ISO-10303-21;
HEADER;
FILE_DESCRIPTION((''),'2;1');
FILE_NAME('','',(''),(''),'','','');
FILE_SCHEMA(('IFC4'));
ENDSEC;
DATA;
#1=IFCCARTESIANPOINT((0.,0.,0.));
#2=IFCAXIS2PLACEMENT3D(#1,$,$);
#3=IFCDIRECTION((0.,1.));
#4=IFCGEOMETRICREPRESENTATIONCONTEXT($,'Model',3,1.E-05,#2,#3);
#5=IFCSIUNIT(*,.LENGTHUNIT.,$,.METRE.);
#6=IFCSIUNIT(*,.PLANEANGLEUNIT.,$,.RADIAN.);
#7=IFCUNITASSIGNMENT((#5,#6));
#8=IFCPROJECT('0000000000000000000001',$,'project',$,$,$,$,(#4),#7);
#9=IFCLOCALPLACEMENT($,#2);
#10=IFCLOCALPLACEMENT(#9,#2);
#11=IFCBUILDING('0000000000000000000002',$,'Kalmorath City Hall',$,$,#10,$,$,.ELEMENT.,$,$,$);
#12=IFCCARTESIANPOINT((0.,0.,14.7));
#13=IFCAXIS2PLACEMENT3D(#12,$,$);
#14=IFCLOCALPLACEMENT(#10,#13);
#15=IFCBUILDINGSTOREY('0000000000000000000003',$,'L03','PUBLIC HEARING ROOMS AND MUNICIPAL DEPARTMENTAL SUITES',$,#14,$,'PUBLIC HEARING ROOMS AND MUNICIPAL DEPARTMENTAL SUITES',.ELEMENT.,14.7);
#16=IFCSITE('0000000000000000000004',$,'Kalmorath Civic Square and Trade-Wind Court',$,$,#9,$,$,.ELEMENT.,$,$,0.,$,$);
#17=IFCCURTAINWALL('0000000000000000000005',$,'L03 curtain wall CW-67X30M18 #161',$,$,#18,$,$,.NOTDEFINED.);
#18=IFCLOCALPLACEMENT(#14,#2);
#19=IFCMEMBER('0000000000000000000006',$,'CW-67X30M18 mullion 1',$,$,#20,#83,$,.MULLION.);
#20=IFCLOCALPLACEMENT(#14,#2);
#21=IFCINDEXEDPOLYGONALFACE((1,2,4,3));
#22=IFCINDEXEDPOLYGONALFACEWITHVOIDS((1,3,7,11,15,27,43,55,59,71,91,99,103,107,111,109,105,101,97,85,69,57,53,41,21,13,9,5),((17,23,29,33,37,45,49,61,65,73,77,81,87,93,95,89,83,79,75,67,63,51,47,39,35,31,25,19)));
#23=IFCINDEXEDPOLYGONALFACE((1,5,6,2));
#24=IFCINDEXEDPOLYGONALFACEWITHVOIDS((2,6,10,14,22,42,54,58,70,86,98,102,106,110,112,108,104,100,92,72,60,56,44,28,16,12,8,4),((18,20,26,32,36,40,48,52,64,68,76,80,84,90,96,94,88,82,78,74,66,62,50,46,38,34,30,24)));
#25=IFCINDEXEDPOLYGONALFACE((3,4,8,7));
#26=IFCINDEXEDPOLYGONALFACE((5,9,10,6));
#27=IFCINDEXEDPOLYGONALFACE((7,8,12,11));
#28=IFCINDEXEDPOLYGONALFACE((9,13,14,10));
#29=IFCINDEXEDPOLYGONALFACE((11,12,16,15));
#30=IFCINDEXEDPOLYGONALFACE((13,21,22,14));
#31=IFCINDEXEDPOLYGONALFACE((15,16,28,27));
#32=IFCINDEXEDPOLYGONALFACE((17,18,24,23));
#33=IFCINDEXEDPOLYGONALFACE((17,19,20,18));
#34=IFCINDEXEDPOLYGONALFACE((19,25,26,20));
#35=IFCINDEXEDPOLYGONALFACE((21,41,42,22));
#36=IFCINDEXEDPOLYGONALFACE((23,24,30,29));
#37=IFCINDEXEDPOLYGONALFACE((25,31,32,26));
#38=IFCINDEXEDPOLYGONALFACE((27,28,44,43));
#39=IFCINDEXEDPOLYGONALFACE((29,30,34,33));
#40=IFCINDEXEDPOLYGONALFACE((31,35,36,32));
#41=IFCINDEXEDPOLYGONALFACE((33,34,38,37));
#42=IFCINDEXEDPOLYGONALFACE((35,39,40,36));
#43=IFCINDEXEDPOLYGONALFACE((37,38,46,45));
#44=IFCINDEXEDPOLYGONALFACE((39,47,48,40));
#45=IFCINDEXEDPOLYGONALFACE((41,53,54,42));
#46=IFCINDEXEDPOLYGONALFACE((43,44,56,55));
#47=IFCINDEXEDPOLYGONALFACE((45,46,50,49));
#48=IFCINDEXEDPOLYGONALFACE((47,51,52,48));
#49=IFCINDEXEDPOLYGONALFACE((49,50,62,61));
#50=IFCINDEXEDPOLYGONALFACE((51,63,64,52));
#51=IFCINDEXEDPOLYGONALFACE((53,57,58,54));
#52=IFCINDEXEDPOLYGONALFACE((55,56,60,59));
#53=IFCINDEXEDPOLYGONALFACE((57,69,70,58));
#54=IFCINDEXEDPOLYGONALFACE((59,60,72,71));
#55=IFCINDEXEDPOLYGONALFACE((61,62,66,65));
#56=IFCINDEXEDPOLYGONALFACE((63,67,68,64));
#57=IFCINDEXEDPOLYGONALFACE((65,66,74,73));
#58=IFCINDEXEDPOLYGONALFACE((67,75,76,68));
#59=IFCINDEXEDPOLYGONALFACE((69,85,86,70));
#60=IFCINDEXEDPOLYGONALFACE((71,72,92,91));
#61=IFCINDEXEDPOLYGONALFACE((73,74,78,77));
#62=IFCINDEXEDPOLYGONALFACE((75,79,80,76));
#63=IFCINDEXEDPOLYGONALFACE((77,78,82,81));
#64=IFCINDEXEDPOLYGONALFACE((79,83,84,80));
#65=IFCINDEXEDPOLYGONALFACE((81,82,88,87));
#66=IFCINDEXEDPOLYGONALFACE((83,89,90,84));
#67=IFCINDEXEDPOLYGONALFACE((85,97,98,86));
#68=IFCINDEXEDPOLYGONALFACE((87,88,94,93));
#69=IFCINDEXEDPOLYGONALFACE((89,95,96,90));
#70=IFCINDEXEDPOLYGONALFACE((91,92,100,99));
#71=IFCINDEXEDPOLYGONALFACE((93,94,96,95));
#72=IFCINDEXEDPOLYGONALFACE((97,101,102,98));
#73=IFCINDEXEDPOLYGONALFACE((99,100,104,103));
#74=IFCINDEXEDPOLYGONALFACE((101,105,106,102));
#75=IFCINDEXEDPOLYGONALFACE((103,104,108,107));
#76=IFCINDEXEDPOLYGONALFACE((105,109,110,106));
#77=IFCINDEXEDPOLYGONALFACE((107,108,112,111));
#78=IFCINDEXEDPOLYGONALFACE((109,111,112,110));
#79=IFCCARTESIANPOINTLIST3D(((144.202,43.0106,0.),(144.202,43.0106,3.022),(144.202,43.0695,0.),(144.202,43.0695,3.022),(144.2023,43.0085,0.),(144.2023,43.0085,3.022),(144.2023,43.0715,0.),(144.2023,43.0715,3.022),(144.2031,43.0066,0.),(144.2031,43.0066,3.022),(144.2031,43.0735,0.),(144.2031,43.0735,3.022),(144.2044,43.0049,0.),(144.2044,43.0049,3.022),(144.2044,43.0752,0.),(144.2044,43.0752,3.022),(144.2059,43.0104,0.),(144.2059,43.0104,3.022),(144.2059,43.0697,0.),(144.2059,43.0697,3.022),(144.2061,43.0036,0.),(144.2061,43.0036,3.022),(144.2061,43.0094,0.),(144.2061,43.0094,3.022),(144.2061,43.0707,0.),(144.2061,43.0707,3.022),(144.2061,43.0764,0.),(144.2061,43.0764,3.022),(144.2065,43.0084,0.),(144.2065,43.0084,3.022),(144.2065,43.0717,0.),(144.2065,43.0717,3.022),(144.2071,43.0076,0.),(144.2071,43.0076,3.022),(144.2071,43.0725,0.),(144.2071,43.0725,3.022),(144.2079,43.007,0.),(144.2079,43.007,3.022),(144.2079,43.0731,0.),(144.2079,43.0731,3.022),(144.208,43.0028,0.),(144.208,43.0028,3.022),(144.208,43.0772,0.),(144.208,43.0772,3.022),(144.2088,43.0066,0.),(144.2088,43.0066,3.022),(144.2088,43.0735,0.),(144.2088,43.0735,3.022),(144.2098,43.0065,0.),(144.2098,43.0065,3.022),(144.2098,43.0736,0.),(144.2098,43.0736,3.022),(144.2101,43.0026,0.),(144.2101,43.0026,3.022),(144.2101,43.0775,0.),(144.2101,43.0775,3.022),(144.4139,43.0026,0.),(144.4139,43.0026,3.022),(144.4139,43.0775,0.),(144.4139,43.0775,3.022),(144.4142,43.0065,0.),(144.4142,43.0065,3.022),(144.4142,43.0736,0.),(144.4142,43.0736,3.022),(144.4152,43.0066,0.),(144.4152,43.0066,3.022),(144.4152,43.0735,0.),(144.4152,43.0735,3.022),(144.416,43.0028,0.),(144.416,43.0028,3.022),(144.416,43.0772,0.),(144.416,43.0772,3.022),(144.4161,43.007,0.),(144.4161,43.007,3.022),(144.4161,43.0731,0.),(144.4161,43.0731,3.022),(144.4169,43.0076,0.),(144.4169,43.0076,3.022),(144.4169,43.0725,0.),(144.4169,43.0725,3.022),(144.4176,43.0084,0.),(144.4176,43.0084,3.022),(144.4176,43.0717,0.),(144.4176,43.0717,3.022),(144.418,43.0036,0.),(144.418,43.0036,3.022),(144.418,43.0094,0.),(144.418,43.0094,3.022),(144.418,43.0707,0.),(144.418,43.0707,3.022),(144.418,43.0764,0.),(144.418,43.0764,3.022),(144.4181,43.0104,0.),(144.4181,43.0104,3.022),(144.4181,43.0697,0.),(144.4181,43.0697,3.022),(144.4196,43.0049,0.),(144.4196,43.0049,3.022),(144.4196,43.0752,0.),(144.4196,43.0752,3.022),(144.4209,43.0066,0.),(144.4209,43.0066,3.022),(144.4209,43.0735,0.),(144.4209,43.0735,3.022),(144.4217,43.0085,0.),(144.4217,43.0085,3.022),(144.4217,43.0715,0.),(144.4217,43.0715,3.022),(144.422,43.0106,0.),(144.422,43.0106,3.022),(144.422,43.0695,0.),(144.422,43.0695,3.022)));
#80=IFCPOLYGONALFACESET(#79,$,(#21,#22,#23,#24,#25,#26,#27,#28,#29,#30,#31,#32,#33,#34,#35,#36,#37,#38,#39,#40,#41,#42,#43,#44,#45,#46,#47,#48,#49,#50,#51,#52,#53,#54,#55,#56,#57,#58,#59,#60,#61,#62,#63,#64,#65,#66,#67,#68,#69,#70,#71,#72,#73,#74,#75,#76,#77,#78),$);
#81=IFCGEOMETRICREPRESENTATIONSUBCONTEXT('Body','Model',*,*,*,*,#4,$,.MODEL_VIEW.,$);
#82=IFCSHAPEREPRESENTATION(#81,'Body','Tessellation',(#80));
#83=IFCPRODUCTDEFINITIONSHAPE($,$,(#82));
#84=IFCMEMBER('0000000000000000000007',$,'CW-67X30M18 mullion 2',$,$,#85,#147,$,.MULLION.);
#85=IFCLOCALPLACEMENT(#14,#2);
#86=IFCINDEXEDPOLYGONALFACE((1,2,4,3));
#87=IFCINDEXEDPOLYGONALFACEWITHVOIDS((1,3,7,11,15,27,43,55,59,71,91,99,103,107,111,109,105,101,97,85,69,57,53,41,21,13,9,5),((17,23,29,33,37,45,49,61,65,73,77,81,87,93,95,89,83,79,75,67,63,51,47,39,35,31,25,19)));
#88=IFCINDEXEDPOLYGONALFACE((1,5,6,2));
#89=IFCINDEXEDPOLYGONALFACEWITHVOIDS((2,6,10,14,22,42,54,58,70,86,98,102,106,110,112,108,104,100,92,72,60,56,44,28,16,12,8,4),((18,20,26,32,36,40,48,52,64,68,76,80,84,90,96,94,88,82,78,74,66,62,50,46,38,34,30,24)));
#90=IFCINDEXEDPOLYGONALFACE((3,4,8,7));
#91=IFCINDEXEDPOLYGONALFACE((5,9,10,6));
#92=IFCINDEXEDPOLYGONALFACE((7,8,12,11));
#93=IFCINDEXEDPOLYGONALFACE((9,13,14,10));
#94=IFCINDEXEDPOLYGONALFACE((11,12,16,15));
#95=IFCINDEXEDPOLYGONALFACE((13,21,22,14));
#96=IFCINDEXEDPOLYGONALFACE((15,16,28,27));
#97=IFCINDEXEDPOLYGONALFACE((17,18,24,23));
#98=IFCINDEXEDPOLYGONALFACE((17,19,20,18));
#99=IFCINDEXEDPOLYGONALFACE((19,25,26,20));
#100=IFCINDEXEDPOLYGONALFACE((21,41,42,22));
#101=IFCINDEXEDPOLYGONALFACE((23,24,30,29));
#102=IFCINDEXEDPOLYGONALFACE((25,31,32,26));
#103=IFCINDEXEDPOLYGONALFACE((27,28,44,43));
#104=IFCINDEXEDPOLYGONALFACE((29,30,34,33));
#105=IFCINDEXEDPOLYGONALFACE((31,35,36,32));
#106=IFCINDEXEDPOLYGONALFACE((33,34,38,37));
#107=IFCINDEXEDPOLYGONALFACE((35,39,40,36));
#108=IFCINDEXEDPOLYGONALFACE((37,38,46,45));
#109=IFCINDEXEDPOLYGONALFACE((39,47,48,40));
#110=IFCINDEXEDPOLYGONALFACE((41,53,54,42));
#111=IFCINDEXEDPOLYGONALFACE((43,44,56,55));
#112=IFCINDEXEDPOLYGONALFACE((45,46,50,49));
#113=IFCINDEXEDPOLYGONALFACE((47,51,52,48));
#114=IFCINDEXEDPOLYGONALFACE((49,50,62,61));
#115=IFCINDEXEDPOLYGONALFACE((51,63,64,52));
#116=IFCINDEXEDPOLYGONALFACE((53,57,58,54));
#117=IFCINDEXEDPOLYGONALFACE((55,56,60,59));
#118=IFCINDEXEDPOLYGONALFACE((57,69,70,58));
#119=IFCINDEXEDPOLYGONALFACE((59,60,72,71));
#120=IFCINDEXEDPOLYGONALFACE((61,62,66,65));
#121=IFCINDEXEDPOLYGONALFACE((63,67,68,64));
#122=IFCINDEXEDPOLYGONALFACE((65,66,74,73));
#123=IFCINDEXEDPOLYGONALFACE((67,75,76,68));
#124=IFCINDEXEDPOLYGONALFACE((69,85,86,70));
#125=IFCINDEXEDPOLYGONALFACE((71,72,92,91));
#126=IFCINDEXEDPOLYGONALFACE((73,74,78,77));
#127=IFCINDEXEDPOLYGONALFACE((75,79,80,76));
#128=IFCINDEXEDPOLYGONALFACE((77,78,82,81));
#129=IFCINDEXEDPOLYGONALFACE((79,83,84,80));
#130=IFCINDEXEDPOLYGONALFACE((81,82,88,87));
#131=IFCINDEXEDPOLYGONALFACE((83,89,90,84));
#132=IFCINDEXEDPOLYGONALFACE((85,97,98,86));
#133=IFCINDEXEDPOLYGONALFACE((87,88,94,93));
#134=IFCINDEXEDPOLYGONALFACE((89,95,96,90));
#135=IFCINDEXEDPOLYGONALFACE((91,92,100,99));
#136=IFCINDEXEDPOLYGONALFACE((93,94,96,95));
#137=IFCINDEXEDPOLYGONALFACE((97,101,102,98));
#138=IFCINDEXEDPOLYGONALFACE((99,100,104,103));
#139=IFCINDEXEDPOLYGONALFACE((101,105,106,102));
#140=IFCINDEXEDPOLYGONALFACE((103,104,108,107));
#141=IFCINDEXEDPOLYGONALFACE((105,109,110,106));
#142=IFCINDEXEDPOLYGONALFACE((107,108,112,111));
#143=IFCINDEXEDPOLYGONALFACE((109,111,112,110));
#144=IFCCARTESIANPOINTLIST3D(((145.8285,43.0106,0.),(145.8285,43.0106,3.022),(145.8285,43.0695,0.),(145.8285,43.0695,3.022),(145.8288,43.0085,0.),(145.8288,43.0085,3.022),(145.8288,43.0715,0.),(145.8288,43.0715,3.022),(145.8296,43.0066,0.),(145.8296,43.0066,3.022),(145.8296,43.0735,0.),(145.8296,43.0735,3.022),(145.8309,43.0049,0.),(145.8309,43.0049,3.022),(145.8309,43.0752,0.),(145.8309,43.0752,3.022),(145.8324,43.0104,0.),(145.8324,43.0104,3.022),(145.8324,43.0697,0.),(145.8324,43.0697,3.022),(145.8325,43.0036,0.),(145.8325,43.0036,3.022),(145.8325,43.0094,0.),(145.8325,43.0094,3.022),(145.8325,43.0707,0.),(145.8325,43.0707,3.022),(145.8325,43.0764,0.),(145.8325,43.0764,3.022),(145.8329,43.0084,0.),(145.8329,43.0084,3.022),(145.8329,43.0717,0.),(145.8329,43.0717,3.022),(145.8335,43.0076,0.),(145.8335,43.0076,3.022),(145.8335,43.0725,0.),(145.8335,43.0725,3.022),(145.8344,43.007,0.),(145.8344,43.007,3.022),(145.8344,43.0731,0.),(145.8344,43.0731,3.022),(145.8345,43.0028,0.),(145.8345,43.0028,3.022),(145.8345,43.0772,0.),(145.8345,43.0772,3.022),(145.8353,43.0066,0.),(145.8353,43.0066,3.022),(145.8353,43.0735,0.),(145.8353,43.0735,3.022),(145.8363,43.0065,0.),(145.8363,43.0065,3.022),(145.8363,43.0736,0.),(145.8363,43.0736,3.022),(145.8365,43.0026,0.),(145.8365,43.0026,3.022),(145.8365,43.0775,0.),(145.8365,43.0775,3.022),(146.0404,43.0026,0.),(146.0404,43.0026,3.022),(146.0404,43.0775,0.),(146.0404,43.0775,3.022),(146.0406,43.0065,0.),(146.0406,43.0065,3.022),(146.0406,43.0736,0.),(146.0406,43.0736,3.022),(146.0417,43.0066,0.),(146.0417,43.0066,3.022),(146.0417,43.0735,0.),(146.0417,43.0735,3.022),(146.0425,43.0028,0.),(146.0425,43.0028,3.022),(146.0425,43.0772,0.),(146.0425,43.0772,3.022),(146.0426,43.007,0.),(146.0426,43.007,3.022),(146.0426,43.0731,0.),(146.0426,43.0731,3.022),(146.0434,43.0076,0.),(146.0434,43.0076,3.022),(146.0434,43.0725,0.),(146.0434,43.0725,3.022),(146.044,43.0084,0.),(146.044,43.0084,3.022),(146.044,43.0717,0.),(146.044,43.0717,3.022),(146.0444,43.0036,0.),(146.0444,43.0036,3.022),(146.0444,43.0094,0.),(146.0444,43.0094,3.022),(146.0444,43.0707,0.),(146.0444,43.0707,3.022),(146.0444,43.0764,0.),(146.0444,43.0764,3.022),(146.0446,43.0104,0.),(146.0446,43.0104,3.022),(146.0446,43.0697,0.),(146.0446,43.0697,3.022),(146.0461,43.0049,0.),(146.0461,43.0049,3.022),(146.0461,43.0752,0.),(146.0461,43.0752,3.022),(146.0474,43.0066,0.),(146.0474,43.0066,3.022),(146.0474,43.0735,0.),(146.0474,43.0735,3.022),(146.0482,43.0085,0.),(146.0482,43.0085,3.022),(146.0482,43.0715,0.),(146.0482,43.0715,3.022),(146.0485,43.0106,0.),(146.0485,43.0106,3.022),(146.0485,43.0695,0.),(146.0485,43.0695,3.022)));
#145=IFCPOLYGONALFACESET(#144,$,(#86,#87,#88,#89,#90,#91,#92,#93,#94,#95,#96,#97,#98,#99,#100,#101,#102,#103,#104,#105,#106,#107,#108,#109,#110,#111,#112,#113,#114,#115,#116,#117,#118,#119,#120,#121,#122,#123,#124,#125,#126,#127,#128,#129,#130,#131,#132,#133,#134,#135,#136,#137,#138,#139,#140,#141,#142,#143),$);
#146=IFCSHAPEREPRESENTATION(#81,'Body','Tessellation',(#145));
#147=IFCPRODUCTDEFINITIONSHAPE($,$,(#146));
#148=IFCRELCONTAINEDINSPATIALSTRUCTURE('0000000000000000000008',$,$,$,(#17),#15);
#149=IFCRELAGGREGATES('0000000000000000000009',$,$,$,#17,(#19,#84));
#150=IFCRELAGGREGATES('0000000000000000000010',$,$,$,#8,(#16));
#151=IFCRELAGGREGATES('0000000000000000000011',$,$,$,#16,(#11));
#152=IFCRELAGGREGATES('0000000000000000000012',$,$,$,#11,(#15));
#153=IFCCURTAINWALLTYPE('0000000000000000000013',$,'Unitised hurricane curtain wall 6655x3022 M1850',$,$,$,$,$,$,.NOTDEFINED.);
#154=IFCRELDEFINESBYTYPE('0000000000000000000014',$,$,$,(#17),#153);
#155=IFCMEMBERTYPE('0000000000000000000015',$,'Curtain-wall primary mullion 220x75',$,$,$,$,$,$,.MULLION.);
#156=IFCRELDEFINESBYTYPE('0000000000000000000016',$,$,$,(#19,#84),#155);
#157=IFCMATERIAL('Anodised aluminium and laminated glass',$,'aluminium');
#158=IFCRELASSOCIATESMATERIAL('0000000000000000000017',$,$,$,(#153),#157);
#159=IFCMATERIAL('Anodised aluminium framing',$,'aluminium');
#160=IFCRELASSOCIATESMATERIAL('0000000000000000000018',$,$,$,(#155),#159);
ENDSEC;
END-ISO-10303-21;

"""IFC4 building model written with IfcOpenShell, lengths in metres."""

from ifc_helpers import new_model, si_unit, direction, frame, origin, origin_2d, place, context, subcontext, project, spatial, hollow_rectangle, extrude, material, material_profile, profile_set, type_object, element, aggregate, save


model = new_model("IFC4")

# Units and contexts
model_context = context("Model", 3, precision=1e-05, world=origin(), true_north=direction((0.0, 1.0)))
body_context = subcontext(model_context, "Body", "Model", "MODEL_VIEW")
ifc_project = project(units=[si_unit("LENGTHUNIT", "METRE"), si_unit("PLANEANGLEUNIT", "RADIAN")], contexts=[model_context])

# Site, building, storey
site_placement = place(None, origin())
site = spatial("IfcSite", under=ifc_project, at=site_placement, Name="Kalmorath Civic Square and Trade-Wind Court", CompositionType="ELEMENT", RefElevation=0.0)
building_placement = place(site_placement, origin())
building = spatial("IfcBuilding", under=site, at=building_placement, Name="Kalmorath City Hall", CompositionType="ELEMENT")
storey_placement = place(building_placement, frame((0.0, 0.0, 14.7)))
storey = spatial("IfcBuildingStorey", under=building, at=storey_placement, Name="L03", Description="PUBLIC HEARING ROOMS AND MUNICIPAL DEPARTMENTAL SUITES", LongName="PUBLIC HEARING ROOMS AND MUNICIPAL DEPARTMENTAL SUITES", CompositionType="ELEMENT", Elevation=14.7)

# Curtain wall, members
ifc_material_1 = material(Name="Anodised aluminium and laminated glass", Category="aluminium")
curtain_wall_type = type_object("IfcCurtainWallType", Name="Unitised hurricane curtain wall 6655x3022 M1850", PredefinedType="NOTDEFINED", material=ifc_material_1)
curtain_wall_placement = place(storey_placement, origin())
curtain_wall = element("IfcCurtainWall", 1, at=curtain_wall_placement, inside=storey, type_object=curtain_wall_type, Name="L03 curtain wall CW-67X30M18 #161", PredefinedType="NOTDEFINED")
ifc_material_2 = material(Name="Anodised aluminium framing", Category="aluminium")
ifc_material_profile_1 = material_profile(ifc_material_2, hollow_rectangle(XDim=0.075, YDim=0.22, WallThickness=0.0039, InnerFilletRadius=0.0039, OuterFilletRadius=0.0081, at=origin_2d()), Name="ALU-MUL-220X75X4")
ifc_profile_set_1 = profile_set([ifc_material_profile_1], Name="Anodised aluminium framing")
member_type_1 = type_object("IfcMemberType", Name="Curtain-wall primary mullion 220x75", PredefinedType="MULLION", material=ifc_profile_set_1)
member_1_placement = place(storey_placement, frame((144.312, 43.04, 0.0), z_axis=(0.0, 0.0, 1.0), x_axis=(0.0, 1.0, 0.0)))
member_1 = element("IfcMember", 2, at=member_1_placement, type_object=member_type_1, Name="CW-67X30M18 mullion 1", PredefinedType="MULLION", context=body_context, shape_type="SweptSolid", body=[
    extrude(hollow_rectangle(XDim=0.075, YDim=0.22, WallThickness=0.0039, InnerFilletRadius=0.0039, OuterFilletRadius=0.0081, at=origin_2d()), origin(), (0.0, 0.0, 1.0), 3.022),
])
member_2_placement = place(storey_placement, frame((145.9385, 43.04, 0.0), z_axis=(0.0, 0.0, 1.0), x_axis=(0.0, 1.0, 0.0)))
member_2 = element("IfcMember", 3, at=member_2_placement, type_object=member_type_1, Name="CW-67X30M18 mullion 2", PredefinedType="MULLION", context=body_context, shape_type="SweptSolid", body=[
    extrude(hollow_rectangle(XDim=0.075, YDim=0.22, WallThickness=0.0039, InnerFilletRadius=0.0039, OuterFilletRadius=0.0081, at=origin_2d()), origin(), (0.0, 0.0, 1.0), 3.022),
])
aggregate(curtain_wall, [member_1, member_2])

save(model, "model.ifc")
